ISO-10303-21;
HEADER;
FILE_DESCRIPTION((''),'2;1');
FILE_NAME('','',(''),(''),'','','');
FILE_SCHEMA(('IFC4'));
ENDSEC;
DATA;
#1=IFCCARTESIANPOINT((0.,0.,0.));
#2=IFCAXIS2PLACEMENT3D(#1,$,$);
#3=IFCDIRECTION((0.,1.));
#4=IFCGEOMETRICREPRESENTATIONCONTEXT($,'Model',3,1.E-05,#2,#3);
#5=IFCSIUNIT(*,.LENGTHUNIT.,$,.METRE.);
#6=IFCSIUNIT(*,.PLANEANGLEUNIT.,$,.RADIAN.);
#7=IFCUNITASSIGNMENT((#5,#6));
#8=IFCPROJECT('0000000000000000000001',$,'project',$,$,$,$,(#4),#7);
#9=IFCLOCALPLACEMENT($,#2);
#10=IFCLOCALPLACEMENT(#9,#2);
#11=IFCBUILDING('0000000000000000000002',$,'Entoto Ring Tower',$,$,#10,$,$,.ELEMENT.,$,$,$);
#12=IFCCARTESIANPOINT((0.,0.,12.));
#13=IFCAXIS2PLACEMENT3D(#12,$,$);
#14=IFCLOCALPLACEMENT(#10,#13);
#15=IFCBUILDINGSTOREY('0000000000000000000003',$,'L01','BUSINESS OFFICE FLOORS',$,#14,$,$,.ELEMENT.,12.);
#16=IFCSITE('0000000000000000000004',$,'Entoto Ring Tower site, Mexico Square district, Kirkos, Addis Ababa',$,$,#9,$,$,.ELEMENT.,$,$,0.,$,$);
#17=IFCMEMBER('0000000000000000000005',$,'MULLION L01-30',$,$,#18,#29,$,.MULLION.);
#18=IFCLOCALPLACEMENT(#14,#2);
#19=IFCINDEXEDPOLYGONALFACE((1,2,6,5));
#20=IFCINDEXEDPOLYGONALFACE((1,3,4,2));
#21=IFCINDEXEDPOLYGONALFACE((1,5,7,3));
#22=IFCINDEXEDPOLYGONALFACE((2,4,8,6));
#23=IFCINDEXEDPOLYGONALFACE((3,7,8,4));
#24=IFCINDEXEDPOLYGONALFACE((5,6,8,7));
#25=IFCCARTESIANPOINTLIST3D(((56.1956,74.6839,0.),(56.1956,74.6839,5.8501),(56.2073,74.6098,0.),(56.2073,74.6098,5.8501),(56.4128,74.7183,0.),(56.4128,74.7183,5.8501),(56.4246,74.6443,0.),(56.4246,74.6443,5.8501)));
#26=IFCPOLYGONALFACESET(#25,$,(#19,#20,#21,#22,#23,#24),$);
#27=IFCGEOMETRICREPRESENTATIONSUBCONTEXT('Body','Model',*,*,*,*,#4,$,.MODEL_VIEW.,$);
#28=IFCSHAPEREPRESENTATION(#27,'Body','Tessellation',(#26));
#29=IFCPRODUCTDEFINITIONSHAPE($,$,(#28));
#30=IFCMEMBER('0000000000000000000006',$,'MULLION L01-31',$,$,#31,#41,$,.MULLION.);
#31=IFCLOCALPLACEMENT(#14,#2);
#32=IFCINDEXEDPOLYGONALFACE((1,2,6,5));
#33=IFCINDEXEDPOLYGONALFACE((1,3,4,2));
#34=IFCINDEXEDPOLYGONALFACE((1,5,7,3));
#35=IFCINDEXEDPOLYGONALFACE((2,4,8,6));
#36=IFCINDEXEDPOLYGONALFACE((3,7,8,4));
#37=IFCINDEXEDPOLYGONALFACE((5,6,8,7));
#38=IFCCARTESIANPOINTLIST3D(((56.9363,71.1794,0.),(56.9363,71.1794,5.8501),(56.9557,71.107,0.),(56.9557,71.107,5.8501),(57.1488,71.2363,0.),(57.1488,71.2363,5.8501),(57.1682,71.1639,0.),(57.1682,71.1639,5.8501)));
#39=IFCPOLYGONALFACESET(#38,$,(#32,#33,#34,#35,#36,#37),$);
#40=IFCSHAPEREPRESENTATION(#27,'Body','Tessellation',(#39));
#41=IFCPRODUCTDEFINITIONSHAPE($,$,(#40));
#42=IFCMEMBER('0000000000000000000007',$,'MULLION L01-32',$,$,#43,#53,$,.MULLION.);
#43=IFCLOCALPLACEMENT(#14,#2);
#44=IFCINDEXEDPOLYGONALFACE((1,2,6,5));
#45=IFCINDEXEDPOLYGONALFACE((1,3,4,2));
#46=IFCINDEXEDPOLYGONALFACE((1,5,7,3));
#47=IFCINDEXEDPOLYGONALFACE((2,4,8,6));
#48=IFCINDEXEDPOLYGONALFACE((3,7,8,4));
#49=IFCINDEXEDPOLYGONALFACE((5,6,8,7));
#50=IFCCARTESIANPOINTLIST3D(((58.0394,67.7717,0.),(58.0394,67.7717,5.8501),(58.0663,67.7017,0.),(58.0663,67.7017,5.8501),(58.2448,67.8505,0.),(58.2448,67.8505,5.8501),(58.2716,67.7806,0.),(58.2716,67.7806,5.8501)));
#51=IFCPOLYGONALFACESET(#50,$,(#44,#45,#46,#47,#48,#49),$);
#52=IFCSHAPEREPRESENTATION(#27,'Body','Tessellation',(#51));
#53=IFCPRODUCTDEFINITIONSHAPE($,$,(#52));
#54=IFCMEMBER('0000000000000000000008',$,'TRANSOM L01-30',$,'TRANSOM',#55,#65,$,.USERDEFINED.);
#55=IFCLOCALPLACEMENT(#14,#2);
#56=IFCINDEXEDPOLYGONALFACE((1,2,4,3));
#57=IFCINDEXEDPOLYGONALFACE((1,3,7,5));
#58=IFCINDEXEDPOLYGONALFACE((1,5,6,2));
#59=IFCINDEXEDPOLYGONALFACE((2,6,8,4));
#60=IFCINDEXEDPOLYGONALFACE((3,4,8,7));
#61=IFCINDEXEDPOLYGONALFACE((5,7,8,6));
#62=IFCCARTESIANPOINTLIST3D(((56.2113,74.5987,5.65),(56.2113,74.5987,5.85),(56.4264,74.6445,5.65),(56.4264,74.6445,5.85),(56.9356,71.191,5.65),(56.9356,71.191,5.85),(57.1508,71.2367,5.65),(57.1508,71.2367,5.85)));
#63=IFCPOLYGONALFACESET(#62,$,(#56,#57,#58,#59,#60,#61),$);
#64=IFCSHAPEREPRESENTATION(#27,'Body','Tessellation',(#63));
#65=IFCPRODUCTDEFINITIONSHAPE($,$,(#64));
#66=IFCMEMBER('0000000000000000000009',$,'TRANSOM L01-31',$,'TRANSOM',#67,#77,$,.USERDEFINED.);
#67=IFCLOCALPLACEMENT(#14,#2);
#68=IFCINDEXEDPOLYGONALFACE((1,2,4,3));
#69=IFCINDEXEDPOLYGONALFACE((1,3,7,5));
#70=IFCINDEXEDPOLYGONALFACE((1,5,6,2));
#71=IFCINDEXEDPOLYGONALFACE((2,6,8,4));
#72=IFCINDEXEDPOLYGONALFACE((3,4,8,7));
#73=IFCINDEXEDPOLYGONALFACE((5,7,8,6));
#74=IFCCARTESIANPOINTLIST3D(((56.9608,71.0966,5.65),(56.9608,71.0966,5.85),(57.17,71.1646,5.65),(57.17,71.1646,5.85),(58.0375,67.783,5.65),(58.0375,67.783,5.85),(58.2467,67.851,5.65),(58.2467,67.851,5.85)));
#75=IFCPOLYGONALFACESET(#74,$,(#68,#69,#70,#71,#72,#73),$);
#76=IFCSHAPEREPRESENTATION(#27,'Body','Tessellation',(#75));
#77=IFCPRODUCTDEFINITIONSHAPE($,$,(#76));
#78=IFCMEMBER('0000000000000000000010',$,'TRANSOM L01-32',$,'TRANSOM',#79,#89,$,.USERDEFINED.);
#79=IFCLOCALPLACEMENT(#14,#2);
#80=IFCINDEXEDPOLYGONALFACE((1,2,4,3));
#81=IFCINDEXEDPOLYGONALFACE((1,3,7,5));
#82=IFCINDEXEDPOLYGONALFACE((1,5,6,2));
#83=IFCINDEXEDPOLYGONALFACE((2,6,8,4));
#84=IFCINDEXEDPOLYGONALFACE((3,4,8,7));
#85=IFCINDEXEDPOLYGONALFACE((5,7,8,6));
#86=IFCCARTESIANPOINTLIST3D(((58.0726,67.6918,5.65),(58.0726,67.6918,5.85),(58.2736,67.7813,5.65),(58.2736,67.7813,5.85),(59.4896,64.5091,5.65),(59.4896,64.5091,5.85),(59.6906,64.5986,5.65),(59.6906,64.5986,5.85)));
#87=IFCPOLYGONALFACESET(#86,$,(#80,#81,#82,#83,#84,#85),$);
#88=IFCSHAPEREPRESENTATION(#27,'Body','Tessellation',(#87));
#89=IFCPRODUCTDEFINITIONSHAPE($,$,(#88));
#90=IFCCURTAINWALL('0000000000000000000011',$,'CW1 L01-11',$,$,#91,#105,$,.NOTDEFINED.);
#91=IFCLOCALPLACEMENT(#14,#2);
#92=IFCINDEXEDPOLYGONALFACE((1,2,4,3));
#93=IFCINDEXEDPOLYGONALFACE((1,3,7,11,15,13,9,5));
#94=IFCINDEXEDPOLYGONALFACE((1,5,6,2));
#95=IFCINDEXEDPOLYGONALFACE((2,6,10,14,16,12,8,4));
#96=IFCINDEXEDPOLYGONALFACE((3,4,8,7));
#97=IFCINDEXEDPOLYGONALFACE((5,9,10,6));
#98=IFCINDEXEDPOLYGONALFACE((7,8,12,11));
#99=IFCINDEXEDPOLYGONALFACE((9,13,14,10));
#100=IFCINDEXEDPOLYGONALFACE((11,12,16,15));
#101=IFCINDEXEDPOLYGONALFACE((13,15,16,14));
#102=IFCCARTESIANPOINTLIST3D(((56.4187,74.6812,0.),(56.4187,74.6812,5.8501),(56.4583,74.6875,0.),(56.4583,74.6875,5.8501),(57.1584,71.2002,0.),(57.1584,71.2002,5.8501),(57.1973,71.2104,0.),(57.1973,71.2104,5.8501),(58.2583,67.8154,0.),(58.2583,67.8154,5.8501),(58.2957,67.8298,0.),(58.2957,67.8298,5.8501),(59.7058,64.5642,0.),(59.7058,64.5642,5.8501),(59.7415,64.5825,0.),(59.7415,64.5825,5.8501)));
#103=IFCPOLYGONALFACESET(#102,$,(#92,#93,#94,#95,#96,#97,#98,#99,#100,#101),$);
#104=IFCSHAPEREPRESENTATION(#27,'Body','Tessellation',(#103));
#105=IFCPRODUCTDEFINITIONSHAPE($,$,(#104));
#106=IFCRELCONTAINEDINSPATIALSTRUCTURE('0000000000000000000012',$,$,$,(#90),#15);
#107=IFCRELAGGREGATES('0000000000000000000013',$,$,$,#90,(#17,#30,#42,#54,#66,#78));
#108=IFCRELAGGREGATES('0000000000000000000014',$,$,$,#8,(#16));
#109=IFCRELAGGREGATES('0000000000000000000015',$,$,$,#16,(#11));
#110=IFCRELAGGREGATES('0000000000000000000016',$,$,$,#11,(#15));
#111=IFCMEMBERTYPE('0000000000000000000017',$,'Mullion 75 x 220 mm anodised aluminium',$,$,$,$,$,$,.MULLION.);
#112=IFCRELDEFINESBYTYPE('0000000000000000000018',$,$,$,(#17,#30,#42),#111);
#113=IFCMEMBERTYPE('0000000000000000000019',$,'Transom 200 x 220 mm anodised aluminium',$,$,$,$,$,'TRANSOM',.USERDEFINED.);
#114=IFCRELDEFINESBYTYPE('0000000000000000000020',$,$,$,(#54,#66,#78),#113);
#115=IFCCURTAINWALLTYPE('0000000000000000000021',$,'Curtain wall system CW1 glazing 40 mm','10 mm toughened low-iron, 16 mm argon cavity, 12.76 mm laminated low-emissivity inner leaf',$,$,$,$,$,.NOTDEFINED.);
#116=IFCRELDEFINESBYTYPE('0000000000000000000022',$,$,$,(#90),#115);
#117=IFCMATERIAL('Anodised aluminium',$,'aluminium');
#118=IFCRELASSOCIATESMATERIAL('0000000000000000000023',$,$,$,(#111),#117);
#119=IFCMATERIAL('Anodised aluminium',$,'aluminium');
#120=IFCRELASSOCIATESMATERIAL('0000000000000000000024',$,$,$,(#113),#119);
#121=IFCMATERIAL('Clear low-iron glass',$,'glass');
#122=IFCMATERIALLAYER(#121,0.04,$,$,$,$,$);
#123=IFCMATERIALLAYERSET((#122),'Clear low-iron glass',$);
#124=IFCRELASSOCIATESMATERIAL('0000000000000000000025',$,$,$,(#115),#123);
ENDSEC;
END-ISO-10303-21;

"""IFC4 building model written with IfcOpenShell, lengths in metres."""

from ifc_helpers import new_model, si_unit, direction, frame, origin, origin_2d, place, context, subcontext, project, spatial, polyline, rectangle, outline, extrude, material, layer, layer_set, material_profile, profile_set, type_object, element, aggregate, save


model = new_model("IFC4")

# Units and contexts
model_context = context("Model", 3, precision=1e-05, world=origin(), true_north=direction((0.0, 1.0)))
body_context = subcontext(model_context, "Body", "Model", "MODEL_VIEW")
ifc_project = project(units=[si_unit("LENGTHUNIT", "METRE"), si_unit("PLANEANGLEUNIT", "RADIAN")], contexts=[model_context])

# Members
ifc_material_1 = material(Name="Anodised aluminium", Category="aluminium")
ifc_material_profile_1 = material_profile(ifc_material_1, rectangle(XDim=0.075, YDim=0.22, at=origin_2d()), Name="Mullion 75 x 220 mm anodised aluminium")
ifc_profile_set_1 = profile_set([ifc_material_profile_1], Name="Anodised aluminium")
member_type_1 = type_object("IfcMemberType", Name="Mullion 75 x 220 mm anodised aluminium", PredefinedType="MULLION", material=ifc_profile_set_1)
site_placement = place(None, origin())
building_placement = place(site_placement, origin())
storey_placement = place(building_placement, frame((0.0, 0.0, 12.0)))
member_1_placement = place(storey_placement, frame((56.3101, 74.6641, 0.0), z_axis=(0.0, 0.0, 1.0), x_axis=(0.156434, -0.987688, 0.0)))
member_1 = element("IfcMember", 1, at=member_1_placement, type_object=member_type_1, Name="MULLION L01-30", PredefinedType="MULLION", context=body_context, shape_type="SweptSolid", body=[
    extrude(rectangle(XDim=0.075, YDim=0.22, at=origin_2d()), origin(), (0.0, 0.0, 1.0), 5.8501),
])
member_2_placement = place(storey_placement, frame((57.0522, 71.1716, 0.0), z_axis=(0.0, 0.0, 1.0), x_axis=(0.258819, -0.965926, 0.0)))
member_2 = element("IfcMember", 2, at=member_2_placement, type_object=member_type_1, Name="MULLION L01-31", PredefinedType="MULLION", context=body_context, shape_type="SweptSolid", body=[
    extrude(rectangle(XDim=0.075, YDim=0.22, at=origin_2d()), origin(), (0.0, 0.0, 1.0), 5.8501),
])
member_3_placement = place(storey_placement, frame((58.1555, 67.7761, 0.0), z_axis=(0.0, 0.0, 1.0), x_axis=(0.358368, -0.93358, 0.0)))
member_3 = element("IfcMember", 3, at=member_3_placement, type_object=member_type_1, Name="MULLION L01-32", PredefinedType="MULLION", context=body_context, shape_type="SweptSolid", body=[
    extrude(rectangle(XDim=0.075, YDim=0.22, at=origin_2d()), origin(), (0.0, 0.0, 1.0), 5.8501),
])
ifc_material_2 = material(Name="Anodised aluminium", Category="aluminium")
ifc_material_profile_2 = material_profile(ifc_material_2, rectangle(XDim=0.22, YDim=0.2, at=origin_2d()), Name="Transom 200 x 220 mm anodised aluminium")
ifc_profile_set_2 = profile_set([ifc_material_profile_2], Name="Anodised aluminium")
member_type_2 = type_object("IfcMemberType", Name="Transom 200 x 220 mm anodised aluminium", ElementType="TRANSOM", PredefinedType="USERDEFINED", material=ifc_profile_set_2)
member_4_placement = place(storey_placement, frame((56.3188, 74.6216, 5.75), z_axis=(0.207921, -0.978146, 0.0), x_axis=(0.978146, 0.207921, 0.0)))
member_4 = element("IfcMember", 4, at=member_4_placement, type_object=member_type_2, Name="TRANSOM L01-30", ObjectType="TRANSOM", PredefinedType="USERDEFINED", context=body_context, shape_type="SweptSolid", body=[
    extrude(rectangle(XDim=0.22, YDim=0.2, at=origin_2d()), origin(), (0.0, 0.0, 1.0), 3.4839),
])
member_5_placement = place(storey_placement, frame((57.0654, 71.1306, 5.75), z_axis=(0.309029, -0.951053, 0.0), x_axis=(0.951053, 0.309029, 0.0)))
member_5 = element("IfcMember", 5, at=member_5_placement, type_object=member_type_2, Name="TRANSOM L01-31", ObjectType="TRANSOM", PredefinedType="USERDEFINED", context=body_context, shape_type="SweptSolid", body=[
    extrude(rectangle(XDim=0.22, YDim=0.2, at=origin_2d()), origin(), (0.0, 0.0, 1.0), 3.4841),
])
member_6_placement = place(storey_placement, frame((58.1731, 67.7366, 5.75), z_axis=(0.406737, -0.913545, 0.0), x_axis=(0.913545, 0.406737, 0.0)))
member_6 = element("IfcMember", 6, at=member_6_placement, type_object=member_type_2, Name="TRANSOM L01-32", ObjectType="TRANSOM", PredefinedType="USERDEFINED", context=body_context, shape_type="SweptSolid", body=[
    extrude(rectangle(XDim=0.22, YDim=0.2, at=origin_2d()), origin(), (0.0, 0.0, 1.0), 3.4839),
])

# Site, building, storey
site = spatial("IfcSite", under=ifc_project, at=site_placement, Name="Entoto Ring Tower site, Mexico Square district, Kirkos, Addis Ababa", CompositionType="ELEMENT", RefElevation=0.0)
building = spatial("IfcBuilding", under=site, at=building_placement, Name="Entoto Ring Tower", CompositionType="ELEMENT")
storey = spatial("IfcBuildingStorey", under=building, at=storey_placement, Name="L01", Description="BUSINESS OFFICE FLOORS", CompositionType="ELEMENT", Elevation=12.0)

# Curtain wall
ifc_material_3 = material(Name="Clear low-iron glass", Category="glass")
ifc_layer = layer(ifc_material_3, 0.04)
ifc_layer_set = layer_set([ifc_layer], Name="Clear low-iron glass")
curtain_wall_type = type_object("IfcCurtainWallType", Name="Curtain wall system CW1 glazing 40 mm", Description="10 mm toughened low-iron, 16 mm argon cavity, 12.76 mm laminated low-emissivity inner leaf", PredefinedType="NOTDEFINED", material=ifc_layer_set)
curtain_wall_1_placement = place(storey_placement, origin())
curtain_wall_1 = element("IfcCurtainWall", 7, at=curtain_wall_1_placement, inside=storey, type_object=curtain_wall_type, Name="CW1 L01-11", PredefinedType="NOTDEFINED", context=body_context, shape_type="SweptSolid", body=[
    extrude(outline(polyline([(56.4187, 74.6812), (57.1584, 71.2002), (58.2583, 67.8154), (59.7058, 64.5642), (59.7415, 64.5825), (58.2957, 67.8298), (57.1973, 71.2104), (56.4583, 74.6875), (56.4187, 74.6812)])), origin(), (0.0, 0.0, 1.0), 5.8501),
])
aggregate(curtain_wall_1, [member_1, member_2, member_3, member_4, member_5, member_6])

save(model, "model.ifc")
